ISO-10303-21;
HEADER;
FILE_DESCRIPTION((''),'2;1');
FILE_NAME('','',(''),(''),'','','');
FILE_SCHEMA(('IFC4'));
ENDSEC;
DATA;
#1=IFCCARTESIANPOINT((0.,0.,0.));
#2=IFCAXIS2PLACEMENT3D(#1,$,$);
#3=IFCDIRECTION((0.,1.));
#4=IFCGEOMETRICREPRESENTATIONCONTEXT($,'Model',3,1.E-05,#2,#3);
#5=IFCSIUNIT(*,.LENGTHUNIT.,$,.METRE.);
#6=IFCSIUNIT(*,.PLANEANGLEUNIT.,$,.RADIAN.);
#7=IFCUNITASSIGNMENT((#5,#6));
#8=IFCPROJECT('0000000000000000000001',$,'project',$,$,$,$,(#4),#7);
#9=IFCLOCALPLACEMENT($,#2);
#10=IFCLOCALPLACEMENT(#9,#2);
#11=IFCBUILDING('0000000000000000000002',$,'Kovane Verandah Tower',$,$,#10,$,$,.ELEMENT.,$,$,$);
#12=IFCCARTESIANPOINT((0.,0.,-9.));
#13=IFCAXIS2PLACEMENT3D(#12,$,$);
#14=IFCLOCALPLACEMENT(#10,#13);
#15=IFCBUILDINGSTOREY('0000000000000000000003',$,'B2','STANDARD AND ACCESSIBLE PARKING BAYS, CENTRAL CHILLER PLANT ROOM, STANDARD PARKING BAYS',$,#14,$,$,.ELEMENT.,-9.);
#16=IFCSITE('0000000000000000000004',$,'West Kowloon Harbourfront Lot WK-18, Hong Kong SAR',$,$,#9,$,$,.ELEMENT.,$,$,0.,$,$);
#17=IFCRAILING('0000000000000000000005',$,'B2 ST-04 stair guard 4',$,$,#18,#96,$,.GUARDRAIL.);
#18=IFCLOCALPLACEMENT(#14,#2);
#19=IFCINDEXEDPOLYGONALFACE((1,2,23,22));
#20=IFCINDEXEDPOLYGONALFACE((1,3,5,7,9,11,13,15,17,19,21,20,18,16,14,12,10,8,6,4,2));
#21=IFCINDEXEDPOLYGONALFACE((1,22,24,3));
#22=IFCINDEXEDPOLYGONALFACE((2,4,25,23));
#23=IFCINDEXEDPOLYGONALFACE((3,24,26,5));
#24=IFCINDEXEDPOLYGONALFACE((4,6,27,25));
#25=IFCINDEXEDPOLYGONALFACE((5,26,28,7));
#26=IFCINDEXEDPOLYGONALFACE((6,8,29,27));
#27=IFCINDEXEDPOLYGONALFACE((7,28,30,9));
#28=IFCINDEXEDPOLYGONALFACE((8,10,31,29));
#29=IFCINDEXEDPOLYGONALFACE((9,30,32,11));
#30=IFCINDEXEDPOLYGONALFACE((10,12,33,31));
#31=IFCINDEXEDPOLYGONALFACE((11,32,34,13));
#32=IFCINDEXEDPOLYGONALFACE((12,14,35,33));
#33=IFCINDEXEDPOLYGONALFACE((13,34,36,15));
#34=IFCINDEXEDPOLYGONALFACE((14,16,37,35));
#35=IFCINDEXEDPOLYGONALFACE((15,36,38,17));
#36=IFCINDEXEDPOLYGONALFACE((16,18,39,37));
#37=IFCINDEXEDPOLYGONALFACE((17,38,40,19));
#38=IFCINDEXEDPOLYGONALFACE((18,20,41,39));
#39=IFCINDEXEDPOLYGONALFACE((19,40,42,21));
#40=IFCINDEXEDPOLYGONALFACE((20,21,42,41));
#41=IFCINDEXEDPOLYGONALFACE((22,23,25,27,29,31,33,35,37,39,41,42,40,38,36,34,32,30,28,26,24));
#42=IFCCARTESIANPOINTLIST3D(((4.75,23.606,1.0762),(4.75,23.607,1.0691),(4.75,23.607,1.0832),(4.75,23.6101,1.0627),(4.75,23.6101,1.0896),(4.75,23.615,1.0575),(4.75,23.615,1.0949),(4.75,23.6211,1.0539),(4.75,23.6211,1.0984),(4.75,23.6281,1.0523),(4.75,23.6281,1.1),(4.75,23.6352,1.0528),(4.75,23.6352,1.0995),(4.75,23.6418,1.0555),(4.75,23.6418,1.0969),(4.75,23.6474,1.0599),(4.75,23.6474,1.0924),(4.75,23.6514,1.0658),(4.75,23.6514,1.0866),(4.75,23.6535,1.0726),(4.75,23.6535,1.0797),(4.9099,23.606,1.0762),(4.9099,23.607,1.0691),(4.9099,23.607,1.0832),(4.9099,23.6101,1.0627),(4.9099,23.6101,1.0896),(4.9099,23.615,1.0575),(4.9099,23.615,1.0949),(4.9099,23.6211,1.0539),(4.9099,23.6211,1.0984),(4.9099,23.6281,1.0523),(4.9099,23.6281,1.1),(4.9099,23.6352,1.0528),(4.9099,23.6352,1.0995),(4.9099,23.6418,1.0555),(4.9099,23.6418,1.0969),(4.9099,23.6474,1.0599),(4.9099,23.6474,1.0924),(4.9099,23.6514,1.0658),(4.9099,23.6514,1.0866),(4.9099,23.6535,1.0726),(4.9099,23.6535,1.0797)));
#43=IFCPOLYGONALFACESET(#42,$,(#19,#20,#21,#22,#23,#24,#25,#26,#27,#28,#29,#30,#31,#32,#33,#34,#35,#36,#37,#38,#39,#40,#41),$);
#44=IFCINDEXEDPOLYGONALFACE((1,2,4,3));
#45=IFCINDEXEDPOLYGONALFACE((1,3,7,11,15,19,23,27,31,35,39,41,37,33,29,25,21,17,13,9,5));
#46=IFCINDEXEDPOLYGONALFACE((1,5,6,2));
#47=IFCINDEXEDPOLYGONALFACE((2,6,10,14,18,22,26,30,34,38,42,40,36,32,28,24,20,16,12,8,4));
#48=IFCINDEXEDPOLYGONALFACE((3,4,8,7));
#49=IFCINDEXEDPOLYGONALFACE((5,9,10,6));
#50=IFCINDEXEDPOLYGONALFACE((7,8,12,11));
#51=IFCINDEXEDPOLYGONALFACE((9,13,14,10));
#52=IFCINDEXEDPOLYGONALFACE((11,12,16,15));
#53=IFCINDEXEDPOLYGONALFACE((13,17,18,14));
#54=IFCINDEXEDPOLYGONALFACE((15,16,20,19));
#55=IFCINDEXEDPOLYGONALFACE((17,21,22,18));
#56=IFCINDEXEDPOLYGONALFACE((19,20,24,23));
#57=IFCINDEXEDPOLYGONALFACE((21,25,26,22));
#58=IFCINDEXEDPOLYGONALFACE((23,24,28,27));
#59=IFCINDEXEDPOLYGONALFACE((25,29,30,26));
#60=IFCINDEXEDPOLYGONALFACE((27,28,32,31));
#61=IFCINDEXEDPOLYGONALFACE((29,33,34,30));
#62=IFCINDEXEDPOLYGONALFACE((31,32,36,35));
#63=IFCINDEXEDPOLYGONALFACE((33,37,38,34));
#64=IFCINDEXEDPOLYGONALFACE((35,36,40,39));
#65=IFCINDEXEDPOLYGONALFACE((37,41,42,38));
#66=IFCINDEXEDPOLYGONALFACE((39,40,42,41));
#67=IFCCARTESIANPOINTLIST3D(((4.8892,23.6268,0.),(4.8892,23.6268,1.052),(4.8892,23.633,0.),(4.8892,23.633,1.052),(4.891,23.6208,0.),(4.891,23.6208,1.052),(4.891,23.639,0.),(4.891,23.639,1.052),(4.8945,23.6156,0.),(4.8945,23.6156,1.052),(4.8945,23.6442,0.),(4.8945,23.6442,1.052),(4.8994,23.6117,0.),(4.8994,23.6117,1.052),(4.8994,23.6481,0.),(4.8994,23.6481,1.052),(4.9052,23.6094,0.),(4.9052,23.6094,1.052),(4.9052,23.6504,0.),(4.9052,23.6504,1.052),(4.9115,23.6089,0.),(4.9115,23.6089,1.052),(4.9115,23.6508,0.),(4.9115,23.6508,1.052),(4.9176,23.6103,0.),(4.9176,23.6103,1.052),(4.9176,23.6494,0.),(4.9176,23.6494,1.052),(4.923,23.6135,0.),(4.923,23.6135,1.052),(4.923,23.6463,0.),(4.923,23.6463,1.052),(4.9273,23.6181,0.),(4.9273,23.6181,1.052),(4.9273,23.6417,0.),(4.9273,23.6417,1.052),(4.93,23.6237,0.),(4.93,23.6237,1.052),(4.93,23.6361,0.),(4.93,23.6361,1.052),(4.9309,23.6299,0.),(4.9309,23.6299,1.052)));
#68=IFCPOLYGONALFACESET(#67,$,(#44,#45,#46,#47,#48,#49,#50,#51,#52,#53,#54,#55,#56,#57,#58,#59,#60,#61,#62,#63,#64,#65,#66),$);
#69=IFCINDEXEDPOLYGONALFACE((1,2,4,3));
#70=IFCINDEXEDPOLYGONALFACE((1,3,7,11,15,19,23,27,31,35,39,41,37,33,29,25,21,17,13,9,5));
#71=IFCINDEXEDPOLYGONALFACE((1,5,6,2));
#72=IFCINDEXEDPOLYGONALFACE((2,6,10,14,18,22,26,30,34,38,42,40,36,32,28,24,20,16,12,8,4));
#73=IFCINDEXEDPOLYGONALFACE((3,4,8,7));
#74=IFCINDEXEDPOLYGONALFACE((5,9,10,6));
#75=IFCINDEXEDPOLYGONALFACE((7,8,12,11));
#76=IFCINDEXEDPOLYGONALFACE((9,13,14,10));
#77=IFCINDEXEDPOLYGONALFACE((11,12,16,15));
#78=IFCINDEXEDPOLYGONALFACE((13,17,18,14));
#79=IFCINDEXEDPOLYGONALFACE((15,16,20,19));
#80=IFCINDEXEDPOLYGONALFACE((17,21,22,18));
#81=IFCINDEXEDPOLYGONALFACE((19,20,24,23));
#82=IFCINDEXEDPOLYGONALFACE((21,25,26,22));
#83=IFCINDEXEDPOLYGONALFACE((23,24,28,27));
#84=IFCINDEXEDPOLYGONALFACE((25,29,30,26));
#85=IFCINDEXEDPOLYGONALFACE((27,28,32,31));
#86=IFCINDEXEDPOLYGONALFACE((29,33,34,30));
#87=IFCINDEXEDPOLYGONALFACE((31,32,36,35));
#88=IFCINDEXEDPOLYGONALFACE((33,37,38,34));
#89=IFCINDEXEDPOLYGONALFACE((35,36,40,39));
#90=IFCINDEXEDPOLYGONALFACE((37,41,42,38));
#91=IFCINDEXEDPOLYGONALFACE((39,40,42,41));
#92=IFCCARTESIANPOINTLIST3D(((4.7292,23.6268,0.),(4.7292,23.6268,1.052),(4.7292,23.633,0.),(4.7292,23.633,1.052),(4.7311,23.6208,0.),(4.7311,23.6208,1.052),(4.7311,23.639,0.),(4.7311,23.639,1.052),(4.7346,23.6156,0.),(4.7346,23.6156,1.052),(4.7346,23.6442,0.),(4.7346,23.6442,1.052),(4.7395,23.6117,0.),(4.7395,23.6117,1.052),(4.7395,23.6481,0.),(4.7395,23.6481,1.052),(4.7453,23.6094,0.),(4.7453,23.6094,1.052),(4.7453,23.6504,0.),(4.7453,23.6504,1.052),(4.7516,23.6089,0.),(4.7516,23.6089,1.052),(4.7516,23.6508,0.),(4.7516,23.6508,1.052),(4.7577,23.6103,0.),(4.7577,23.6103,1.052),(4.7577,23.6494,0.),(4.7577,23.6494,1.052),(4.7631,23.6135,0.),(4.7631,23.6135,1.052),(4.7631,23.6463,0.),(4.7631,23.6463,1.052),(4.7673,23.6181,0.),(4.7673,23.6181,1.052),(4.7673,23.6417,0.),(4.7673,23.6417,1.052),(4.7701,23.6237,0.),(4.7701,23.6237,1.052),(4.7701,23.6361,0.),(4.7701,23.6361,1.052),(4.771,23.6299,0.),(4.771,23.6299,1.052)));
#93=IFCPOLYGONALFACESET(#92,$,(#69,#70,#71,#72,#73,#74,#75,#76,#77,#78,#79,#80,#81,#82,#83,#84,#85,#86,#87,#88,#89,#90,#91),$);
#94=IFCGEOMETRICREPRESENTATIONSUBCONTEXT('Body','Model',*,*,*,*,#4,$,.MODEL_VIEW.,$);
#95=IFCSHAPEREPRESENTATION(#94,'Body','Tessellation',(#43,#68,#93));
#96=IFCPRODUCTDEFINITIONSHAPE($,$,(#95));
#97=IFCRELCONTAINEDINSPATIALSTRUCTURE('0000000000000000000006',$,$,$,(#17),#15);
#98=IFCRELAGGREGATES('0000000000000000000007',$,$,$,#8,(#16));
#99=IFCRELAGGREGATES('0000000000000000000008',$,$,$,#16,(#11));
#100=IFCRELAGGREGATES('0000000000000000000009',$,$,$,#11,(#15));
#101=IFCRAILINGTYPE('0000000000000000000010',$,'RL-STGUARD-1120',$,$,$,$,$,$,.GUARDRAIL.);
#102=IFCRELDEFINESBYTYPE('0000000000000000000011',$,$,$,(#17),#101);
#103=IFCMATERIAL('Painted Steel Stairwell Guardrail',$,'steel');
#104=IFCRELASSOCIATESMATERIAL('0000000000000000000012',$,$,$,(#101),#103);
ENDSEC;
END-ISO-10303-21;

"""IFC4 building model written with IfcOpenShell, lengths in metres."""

from ifc_helpers import new_model, si_unit, direction, frame, origin, origin_2d, place, context, subcontext, project, spatial, circle, extrude, material, type_object, element, save


model = new_model("IFC4")

# Units and contexts
model_context = context("Model", 3, precision=1e-05, world=origin(), true_north=direction((0.0, 1.0)))
body_context = subcontext(model_context, "Body", "Model", "MODEL_VIEW")
ifc_project = project(units=[si_unit("LENGTHUNIT", "METRE"), si_unit("PLANEANGLEUNIT", "RADIAN")], contexts=[model_context])

# Site, building, storey
site_placement = place(None, origin())
site = spatial("IfcSite", under=ifc_project, at=site_placement, Name="West Kowloon Harbourfront Lot WK-18, Hong Kong SAR", CompositionType="ELEMENT", RefElevation=0.0)
building_placement = place(site_placement, origin())
building = spatial("IfcBuilding", under=site, at=building_placement, Name="Kovane Verandah Tower", CompositionType="ELEMENT")
storey_placement = place(building_placement, frame((0.0, 0.0, -9.0)))
storey = spatial("IfcBuildingStorey", under=building, at=storey_placement, Name="B2", Description="STANDARD AND ACCESSIBLE PARKING BAYS, CENTRAL CHILLER PLANT ROOM, STANDARD PARKING BAYS", CompositionType="ELEMENT", Elevation=-9.0)

# Railing
ifc_material_1 = material(Name="Painted Steel Stairwell Guardrail", Category="steel")
railing_type_1 = type_object("IfcRailingType", Name="RL-STGUARD-1120", PredefinedType="GUARDRAIL", material=ifc_material_1)
railing_1_placement = place(storey_placement, frame((4.9099, 23.6299, 0.0)))
element("IfcRailing", 1, at=railing_1_placement, inside=storey, type_object=railing_type_1, Name="B2 ST-04 stair guard 4", PredefinedType="GUARDRAIL", context=body_context, shape_type="SweptSolid", body=[
    extrude(circle(Radius=0.0239, at=origin_2d()), frame((0.0, 0.0, 1.0762), z_axis=(-1.0, 0.0, 0.0), x_axis=(0.0, -1.0, 0.0)), (0.0, 0.0, 1.0), 0.1599),
    extrude(circle(Radius=0.021, at=origin_2d()), origin(), (0.0, 0.0, 1.0), 1.052),
    extrude(circle(Radius=0.021, at=origin_2d()), frame((-0.1599, 0.0, 0.0)), (0.0, 0.0, 1.0), 1.052),
])

save(model, "model.ifc")
